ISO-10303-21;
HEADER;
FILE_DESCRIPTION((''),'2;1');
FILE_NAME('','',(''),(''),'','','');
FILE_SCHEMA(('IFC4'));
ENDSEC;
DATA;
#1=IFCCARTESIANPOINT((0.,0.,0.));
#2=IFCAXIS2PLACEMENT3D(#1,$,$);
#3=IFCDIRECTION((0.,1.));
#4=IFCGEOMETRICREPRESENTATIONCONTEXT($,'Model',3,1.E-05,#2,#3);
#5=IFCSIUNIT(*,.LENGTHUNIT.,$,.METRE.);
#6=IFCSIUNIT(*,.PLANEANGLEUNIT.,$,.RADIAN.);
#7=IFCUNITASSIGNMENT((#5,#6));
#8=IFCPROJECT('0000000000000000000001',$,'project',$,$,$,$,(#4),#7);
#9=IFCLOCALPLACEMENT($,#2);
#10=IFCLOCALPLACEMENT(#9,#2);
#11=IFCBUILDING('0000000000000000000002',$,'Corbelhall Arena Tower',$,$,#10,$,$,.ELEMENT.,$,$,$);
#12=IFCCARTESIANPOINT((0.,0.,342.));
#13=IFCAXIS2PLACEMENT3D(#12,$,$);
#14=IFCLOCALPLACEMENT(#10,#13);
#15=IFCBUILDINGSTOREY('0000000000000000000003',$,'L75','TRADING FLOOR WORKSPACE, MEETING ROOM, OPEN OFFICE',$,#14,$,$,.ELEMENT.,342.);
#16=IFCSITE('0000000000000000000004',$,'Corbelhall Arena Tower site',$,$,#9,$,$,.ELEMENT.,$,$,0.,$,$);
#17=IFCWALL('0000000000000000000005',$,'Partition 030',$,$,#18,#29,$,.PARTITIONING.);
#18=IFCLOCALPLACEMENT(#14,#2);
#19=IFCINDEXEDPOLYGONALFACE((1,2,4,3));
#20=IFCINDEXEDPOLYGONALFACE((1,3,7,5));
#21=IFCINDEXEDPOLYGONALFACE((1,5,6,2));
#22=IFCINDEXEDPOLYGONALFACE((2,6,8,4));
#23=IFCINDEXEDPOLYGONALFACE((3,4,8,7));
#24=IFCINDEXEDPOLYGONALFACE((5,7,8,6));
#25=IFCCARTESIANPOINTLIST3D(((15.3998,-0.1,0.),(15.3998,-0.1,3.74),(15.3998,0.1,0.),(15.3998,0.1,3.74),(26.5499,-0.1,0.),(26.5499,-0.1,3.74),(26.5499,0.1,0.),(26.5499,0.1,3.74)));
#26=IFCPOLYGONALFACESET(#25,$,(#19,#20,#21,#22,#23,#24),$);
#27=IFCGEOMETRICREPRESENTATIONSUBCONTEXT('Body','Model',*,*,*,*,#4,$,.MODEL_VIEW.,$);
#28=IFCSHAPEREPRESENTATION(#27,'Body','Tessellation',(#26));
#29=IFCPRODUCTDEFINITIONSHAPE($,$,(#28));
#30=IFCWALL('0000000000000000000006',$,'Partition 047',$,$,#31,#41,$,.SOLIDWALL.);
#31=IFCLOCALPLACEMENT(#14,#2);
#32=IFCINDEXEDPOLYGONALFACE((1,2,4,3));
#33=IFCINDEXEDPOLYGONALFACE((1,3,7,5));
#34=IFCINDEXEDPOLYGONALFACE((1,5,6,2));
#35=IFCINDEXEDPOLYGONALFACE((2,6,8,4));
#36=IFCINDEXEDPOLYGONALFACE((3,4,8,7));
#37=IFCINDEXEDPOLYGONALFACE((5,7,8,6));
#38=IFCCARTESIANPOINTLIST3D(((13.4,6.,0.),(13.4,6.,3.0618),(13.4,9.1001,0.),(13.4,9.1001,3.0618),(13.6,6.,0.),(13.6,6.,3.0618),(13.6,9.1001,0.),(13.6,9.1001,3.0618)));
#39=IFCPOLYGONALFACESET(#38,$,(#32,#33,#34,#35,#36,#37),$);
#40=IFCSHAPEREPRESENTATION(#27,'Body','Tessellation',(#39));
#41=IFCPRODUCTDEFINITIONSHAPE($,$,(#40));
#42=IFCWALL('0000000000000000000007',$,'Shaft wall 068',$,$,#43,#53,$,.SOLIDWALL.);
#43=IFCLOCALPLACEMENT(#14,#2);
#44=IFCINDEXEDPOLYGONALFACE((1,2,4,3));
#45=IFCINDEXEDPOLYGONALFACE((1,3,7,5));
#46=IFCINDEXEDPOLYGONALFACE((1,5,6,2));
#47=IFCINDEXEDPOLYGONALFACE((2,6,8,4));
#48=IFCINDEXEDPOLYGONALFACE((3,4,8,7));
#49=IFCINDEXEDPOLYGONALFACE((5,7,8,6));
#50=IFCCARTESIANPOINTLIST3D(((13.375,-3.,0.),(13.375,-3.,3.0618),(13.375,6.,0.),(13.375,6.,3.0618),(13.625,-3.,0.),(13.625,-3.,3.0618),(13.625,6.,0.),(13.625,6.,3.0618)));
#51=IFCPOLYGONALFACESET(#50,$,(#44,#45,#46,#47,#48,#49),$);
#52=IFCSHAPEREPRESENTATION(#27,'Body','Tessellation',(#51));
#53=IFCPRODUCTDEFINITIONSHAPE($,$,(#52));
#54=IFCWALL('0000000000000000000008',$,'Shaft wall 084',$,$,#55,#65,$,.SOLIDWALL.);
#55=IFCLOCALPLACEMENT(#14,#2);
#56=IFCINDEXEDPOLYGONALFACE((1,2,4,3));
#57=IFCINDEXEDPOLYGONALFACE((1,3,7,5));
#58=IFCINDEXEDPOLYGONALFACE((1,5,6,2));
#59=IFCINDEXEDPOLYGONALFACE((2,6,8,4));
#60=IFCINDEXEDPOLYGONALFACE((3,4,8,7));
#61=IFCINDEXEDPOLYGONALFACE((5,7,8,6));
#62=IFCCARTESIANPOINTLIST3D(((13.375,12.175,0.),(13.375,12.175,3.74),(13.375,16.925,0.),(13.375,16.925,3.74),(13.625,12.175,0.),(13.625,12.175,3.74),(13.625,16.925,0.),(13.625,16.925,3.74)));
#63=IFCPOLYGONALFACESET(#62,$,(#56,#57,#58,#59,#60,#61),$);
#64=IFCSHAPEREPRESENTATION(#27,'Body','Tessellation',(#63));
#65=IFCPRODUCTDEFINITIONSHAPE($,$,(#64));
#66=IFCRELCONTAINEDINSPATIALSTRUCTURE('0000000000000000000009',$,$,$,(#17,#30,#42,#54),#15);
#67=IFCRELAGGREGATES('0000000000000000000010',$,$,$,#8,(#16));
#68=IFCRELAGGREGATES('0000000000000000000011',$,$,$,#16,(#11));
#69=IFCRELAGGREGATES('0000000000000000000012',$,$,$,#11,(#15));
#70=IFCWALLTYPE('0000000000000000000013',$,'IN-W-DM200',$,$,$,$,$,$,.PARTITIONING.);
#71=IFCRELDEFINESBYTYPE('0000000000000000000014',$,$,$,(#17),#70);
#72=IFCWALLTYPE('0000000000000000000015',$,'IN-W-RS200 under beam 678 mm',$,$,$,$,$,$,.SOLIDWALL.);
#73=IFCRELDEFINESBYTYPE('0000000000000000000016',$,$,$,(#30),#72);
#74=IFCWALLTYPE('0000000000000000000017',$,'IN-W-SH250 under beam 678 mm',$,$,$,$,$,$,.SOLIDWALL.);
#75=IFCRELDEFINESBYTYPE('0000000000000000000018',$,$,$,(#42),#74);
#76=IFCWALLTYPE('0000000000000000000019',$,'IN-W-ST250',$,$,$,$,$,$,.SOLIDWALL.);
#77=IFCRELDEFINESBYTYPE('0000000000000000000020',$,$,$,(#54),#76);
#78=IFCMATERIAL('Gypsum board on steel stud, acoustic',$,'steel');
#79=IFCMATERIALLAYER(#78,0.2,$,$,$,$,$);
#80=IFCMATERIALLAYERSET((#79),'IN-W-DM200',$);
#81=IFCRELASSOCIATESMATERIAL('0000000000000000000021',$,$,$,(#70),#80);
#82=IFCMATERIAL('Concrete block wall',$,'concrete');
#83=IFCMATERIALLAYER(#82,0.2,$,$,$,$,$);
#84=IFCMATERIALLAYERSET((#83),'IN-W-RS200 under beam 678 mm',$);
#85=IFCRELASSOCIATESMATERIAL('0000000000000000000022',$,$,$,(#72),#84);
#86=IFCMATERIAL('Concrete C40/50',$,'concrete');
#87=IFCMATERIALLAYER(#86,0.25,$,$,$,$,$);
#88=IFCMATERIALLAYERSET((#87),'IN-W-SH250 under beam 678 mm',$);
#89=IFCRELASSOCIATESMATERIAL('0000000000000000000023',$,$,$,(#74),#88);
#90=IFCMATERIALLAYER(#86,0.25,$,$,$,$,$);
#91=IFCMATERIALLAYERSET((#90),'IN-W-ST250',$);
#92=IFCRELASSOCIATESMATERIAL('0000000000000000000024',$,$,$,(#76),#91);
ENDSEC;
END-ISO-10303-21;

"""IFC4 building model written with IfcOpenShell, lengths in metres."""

from ifc_helpers import new_model, si_unit, direction, frame, frame_2d, origin, place, context, subcontext, project, spatial, rectangle, extrude, material, layer, layer_set, type_object, element, save


model = new_model("IFC4")

# Units and contexts
model_context = context("Model", 3, precision=1e-05, world=origin(), true_north=direction((0.0, 1.0)))
body_context = subcontext(model_context, "Body", "Model", "MODEL_VIEW")
ifc_project = project(units=[si_unit("LENGTHUNIT", "METRE"), si_unit("PLANEANGLEUNIT", "RADIAN")], contexts=[model_context])

# Site, building, storey
site_placement = place(None, origin())
site = spatial("IfcSite", under=ifc_project, at=site_placement, Name="Corbelhall Arena Tower site", CompositionType="ELEMENT", RefElevation=0.0)
building_placement = place(site_placement, origin())
building = spatial("IfcBuilding", under=site, at=building_placement, Name="Corbelhall Arena Tower", CompositionType="ELEMENT")
storey_placement = place(building_placement, frame((0.0, 0.0, 342.0)))
storey = spatial("IfcBuildingStorey", under=building, at=storey_placement, Name="L75", Description="TRADING FLOOR WORKSPACE, MEETING ROOM, OPEN OFFICE", CompositionType="ELEMENT", Elevation=342.0)

# Shared definitions
ifc_material_1 = material(Name="Gypsum board on steel stud, acoustic", Category="steel")
ifc_layer_1 = layer(ifc_material_1, 0.2)
ifc_layer_set_1 = layer_set([ifc_layer_1], Name="IN-W-DM200")
wall_type_1 = type_object("IfcWallType", Name="IN-W-DM200", PredefinedType="PARTITIONING", material=ifc_layer_set_1)

# Walls
for number, where, z_axis, x_axis, name in (
    (1, (26.55, 0.0, 0.0), (0.0, 0.0, 1.0), (-1.0, 0.0, 0.0), "Partition 030"),
):
    element("IfcWall", number, at=place(storey_placement, frame(where, z_axis=z_axis, x_axis=x_axis)), inside=storey, type_object=wall_type_1, Name=name, PredefinedType="PARTITIONING", context=body_context, shape_type="SweptSolid", body=[
        extrude(rectangle(XDim=11.1501, YDim=0.2, at=frame_2d((5.5752, 0.0))), origin(), (0.0, 0.0, 1.0), 3.74),
    ])
ifc_material_2 = material(Name="Concrete block wall", Category="concrete")
ifc_layer_2 = layer(ifc_material_2, 0.2)
ifc_layer_set_2 = layer_set([ifc_layer_2], Name="IN-W-RS200 under beam 678 mm")
wall_type_2 = type_object("IfcWallType", Name="IN-W-RS200 under beam 678 mm", PredefinedType="SOLIDWALL", material=ifc_layer_set_2)
wall_1_placement = place(storey_placement, frame((13.5, 9.1001, 0.0), z_axis=(0.0, 0.0, 1.0), x_axis=(0.0, -1.0, 0.0)))
element("IfcWall", 2, at=wall_1_placement, inside=storey, type_object=wall_type_2, Name="Partition 047", PredefinedType="SOLIDWALL", context=body_context, shape_type="SweptSolid", body=[
    extrude(rectangle(XDim=3.1001, YDim=0.2, at=frame_2d((1.55, 0.0))), origin(), (0.0, 0.0, 1.0), 3.0618),
])
ifc_material_3 = material(Name="Concrete C40/50", Category="concrete")
ifc_layer_3 = layer(ifc_material_3, 0.25)
ifc_layer_set_3 = layer_set([ifc_layer_3], Name="IN-W-SH250 under beam 678 mm")
wall_type_3 = type_object("IfcWallType", Name="IN-W-SH250 under beam 678 mm", PredefinedType="SOLIDWALL", material=ifc_layer_set_3)
wall_2_placement = place(storey_placement, frame((13.5, 6.0, 0.0), z_axis=(0.0, 0.0, 1.0), x_axis=(0.0, -1.0, 0.0)))
element("IfcWall", 3, at=wall_2_placement, inside=storey, type_object=wall_type_3, Name="Shaft wall 068", PredefinedType="SOLIDWALL", context=body_context, shape_type="SweptSolid", body=[
    extrude(rectangle(XDim=9.0, YDim=0.25, at=frame_2d((4.5, 0.0))), origin(), (0.0, 0.0, 1.0), 3.0618),
])
ifc_layer_4 = layer(ifc_material_3, 0.25)
ifc_layer_set_4 = layer_set([ifc_layer_4], Name="IN-W-ST250")
wall_type_4 = type_object("IfcWallType", Name="IN-W-ST250", PredefinedType="SOLIDWALL", material=ifc_layer_set_4)
wall_3_placement = place(storey_placement, frame((13.5, 12.175, 0.0), z_axis=(0.0, 0.0, 1.0), x_axis=(0.0, 1.0, 0.0)))
element("IfcWall", 4, at=wall_3_placement, inside=storey, type_object=wall_type_4, Name="Shaft wall 084", PredefinedType="SOLIDWALL", context=body_context, shape_type="SweptSolid", body=[
    extrude(rectangle(XDim=4.75, YDim=0.25, at=frame_2d((2.375, 0.0))), origin(), (0.0, 0.0, 1.0), 3.74),
])

save(model, "model.ifc")
